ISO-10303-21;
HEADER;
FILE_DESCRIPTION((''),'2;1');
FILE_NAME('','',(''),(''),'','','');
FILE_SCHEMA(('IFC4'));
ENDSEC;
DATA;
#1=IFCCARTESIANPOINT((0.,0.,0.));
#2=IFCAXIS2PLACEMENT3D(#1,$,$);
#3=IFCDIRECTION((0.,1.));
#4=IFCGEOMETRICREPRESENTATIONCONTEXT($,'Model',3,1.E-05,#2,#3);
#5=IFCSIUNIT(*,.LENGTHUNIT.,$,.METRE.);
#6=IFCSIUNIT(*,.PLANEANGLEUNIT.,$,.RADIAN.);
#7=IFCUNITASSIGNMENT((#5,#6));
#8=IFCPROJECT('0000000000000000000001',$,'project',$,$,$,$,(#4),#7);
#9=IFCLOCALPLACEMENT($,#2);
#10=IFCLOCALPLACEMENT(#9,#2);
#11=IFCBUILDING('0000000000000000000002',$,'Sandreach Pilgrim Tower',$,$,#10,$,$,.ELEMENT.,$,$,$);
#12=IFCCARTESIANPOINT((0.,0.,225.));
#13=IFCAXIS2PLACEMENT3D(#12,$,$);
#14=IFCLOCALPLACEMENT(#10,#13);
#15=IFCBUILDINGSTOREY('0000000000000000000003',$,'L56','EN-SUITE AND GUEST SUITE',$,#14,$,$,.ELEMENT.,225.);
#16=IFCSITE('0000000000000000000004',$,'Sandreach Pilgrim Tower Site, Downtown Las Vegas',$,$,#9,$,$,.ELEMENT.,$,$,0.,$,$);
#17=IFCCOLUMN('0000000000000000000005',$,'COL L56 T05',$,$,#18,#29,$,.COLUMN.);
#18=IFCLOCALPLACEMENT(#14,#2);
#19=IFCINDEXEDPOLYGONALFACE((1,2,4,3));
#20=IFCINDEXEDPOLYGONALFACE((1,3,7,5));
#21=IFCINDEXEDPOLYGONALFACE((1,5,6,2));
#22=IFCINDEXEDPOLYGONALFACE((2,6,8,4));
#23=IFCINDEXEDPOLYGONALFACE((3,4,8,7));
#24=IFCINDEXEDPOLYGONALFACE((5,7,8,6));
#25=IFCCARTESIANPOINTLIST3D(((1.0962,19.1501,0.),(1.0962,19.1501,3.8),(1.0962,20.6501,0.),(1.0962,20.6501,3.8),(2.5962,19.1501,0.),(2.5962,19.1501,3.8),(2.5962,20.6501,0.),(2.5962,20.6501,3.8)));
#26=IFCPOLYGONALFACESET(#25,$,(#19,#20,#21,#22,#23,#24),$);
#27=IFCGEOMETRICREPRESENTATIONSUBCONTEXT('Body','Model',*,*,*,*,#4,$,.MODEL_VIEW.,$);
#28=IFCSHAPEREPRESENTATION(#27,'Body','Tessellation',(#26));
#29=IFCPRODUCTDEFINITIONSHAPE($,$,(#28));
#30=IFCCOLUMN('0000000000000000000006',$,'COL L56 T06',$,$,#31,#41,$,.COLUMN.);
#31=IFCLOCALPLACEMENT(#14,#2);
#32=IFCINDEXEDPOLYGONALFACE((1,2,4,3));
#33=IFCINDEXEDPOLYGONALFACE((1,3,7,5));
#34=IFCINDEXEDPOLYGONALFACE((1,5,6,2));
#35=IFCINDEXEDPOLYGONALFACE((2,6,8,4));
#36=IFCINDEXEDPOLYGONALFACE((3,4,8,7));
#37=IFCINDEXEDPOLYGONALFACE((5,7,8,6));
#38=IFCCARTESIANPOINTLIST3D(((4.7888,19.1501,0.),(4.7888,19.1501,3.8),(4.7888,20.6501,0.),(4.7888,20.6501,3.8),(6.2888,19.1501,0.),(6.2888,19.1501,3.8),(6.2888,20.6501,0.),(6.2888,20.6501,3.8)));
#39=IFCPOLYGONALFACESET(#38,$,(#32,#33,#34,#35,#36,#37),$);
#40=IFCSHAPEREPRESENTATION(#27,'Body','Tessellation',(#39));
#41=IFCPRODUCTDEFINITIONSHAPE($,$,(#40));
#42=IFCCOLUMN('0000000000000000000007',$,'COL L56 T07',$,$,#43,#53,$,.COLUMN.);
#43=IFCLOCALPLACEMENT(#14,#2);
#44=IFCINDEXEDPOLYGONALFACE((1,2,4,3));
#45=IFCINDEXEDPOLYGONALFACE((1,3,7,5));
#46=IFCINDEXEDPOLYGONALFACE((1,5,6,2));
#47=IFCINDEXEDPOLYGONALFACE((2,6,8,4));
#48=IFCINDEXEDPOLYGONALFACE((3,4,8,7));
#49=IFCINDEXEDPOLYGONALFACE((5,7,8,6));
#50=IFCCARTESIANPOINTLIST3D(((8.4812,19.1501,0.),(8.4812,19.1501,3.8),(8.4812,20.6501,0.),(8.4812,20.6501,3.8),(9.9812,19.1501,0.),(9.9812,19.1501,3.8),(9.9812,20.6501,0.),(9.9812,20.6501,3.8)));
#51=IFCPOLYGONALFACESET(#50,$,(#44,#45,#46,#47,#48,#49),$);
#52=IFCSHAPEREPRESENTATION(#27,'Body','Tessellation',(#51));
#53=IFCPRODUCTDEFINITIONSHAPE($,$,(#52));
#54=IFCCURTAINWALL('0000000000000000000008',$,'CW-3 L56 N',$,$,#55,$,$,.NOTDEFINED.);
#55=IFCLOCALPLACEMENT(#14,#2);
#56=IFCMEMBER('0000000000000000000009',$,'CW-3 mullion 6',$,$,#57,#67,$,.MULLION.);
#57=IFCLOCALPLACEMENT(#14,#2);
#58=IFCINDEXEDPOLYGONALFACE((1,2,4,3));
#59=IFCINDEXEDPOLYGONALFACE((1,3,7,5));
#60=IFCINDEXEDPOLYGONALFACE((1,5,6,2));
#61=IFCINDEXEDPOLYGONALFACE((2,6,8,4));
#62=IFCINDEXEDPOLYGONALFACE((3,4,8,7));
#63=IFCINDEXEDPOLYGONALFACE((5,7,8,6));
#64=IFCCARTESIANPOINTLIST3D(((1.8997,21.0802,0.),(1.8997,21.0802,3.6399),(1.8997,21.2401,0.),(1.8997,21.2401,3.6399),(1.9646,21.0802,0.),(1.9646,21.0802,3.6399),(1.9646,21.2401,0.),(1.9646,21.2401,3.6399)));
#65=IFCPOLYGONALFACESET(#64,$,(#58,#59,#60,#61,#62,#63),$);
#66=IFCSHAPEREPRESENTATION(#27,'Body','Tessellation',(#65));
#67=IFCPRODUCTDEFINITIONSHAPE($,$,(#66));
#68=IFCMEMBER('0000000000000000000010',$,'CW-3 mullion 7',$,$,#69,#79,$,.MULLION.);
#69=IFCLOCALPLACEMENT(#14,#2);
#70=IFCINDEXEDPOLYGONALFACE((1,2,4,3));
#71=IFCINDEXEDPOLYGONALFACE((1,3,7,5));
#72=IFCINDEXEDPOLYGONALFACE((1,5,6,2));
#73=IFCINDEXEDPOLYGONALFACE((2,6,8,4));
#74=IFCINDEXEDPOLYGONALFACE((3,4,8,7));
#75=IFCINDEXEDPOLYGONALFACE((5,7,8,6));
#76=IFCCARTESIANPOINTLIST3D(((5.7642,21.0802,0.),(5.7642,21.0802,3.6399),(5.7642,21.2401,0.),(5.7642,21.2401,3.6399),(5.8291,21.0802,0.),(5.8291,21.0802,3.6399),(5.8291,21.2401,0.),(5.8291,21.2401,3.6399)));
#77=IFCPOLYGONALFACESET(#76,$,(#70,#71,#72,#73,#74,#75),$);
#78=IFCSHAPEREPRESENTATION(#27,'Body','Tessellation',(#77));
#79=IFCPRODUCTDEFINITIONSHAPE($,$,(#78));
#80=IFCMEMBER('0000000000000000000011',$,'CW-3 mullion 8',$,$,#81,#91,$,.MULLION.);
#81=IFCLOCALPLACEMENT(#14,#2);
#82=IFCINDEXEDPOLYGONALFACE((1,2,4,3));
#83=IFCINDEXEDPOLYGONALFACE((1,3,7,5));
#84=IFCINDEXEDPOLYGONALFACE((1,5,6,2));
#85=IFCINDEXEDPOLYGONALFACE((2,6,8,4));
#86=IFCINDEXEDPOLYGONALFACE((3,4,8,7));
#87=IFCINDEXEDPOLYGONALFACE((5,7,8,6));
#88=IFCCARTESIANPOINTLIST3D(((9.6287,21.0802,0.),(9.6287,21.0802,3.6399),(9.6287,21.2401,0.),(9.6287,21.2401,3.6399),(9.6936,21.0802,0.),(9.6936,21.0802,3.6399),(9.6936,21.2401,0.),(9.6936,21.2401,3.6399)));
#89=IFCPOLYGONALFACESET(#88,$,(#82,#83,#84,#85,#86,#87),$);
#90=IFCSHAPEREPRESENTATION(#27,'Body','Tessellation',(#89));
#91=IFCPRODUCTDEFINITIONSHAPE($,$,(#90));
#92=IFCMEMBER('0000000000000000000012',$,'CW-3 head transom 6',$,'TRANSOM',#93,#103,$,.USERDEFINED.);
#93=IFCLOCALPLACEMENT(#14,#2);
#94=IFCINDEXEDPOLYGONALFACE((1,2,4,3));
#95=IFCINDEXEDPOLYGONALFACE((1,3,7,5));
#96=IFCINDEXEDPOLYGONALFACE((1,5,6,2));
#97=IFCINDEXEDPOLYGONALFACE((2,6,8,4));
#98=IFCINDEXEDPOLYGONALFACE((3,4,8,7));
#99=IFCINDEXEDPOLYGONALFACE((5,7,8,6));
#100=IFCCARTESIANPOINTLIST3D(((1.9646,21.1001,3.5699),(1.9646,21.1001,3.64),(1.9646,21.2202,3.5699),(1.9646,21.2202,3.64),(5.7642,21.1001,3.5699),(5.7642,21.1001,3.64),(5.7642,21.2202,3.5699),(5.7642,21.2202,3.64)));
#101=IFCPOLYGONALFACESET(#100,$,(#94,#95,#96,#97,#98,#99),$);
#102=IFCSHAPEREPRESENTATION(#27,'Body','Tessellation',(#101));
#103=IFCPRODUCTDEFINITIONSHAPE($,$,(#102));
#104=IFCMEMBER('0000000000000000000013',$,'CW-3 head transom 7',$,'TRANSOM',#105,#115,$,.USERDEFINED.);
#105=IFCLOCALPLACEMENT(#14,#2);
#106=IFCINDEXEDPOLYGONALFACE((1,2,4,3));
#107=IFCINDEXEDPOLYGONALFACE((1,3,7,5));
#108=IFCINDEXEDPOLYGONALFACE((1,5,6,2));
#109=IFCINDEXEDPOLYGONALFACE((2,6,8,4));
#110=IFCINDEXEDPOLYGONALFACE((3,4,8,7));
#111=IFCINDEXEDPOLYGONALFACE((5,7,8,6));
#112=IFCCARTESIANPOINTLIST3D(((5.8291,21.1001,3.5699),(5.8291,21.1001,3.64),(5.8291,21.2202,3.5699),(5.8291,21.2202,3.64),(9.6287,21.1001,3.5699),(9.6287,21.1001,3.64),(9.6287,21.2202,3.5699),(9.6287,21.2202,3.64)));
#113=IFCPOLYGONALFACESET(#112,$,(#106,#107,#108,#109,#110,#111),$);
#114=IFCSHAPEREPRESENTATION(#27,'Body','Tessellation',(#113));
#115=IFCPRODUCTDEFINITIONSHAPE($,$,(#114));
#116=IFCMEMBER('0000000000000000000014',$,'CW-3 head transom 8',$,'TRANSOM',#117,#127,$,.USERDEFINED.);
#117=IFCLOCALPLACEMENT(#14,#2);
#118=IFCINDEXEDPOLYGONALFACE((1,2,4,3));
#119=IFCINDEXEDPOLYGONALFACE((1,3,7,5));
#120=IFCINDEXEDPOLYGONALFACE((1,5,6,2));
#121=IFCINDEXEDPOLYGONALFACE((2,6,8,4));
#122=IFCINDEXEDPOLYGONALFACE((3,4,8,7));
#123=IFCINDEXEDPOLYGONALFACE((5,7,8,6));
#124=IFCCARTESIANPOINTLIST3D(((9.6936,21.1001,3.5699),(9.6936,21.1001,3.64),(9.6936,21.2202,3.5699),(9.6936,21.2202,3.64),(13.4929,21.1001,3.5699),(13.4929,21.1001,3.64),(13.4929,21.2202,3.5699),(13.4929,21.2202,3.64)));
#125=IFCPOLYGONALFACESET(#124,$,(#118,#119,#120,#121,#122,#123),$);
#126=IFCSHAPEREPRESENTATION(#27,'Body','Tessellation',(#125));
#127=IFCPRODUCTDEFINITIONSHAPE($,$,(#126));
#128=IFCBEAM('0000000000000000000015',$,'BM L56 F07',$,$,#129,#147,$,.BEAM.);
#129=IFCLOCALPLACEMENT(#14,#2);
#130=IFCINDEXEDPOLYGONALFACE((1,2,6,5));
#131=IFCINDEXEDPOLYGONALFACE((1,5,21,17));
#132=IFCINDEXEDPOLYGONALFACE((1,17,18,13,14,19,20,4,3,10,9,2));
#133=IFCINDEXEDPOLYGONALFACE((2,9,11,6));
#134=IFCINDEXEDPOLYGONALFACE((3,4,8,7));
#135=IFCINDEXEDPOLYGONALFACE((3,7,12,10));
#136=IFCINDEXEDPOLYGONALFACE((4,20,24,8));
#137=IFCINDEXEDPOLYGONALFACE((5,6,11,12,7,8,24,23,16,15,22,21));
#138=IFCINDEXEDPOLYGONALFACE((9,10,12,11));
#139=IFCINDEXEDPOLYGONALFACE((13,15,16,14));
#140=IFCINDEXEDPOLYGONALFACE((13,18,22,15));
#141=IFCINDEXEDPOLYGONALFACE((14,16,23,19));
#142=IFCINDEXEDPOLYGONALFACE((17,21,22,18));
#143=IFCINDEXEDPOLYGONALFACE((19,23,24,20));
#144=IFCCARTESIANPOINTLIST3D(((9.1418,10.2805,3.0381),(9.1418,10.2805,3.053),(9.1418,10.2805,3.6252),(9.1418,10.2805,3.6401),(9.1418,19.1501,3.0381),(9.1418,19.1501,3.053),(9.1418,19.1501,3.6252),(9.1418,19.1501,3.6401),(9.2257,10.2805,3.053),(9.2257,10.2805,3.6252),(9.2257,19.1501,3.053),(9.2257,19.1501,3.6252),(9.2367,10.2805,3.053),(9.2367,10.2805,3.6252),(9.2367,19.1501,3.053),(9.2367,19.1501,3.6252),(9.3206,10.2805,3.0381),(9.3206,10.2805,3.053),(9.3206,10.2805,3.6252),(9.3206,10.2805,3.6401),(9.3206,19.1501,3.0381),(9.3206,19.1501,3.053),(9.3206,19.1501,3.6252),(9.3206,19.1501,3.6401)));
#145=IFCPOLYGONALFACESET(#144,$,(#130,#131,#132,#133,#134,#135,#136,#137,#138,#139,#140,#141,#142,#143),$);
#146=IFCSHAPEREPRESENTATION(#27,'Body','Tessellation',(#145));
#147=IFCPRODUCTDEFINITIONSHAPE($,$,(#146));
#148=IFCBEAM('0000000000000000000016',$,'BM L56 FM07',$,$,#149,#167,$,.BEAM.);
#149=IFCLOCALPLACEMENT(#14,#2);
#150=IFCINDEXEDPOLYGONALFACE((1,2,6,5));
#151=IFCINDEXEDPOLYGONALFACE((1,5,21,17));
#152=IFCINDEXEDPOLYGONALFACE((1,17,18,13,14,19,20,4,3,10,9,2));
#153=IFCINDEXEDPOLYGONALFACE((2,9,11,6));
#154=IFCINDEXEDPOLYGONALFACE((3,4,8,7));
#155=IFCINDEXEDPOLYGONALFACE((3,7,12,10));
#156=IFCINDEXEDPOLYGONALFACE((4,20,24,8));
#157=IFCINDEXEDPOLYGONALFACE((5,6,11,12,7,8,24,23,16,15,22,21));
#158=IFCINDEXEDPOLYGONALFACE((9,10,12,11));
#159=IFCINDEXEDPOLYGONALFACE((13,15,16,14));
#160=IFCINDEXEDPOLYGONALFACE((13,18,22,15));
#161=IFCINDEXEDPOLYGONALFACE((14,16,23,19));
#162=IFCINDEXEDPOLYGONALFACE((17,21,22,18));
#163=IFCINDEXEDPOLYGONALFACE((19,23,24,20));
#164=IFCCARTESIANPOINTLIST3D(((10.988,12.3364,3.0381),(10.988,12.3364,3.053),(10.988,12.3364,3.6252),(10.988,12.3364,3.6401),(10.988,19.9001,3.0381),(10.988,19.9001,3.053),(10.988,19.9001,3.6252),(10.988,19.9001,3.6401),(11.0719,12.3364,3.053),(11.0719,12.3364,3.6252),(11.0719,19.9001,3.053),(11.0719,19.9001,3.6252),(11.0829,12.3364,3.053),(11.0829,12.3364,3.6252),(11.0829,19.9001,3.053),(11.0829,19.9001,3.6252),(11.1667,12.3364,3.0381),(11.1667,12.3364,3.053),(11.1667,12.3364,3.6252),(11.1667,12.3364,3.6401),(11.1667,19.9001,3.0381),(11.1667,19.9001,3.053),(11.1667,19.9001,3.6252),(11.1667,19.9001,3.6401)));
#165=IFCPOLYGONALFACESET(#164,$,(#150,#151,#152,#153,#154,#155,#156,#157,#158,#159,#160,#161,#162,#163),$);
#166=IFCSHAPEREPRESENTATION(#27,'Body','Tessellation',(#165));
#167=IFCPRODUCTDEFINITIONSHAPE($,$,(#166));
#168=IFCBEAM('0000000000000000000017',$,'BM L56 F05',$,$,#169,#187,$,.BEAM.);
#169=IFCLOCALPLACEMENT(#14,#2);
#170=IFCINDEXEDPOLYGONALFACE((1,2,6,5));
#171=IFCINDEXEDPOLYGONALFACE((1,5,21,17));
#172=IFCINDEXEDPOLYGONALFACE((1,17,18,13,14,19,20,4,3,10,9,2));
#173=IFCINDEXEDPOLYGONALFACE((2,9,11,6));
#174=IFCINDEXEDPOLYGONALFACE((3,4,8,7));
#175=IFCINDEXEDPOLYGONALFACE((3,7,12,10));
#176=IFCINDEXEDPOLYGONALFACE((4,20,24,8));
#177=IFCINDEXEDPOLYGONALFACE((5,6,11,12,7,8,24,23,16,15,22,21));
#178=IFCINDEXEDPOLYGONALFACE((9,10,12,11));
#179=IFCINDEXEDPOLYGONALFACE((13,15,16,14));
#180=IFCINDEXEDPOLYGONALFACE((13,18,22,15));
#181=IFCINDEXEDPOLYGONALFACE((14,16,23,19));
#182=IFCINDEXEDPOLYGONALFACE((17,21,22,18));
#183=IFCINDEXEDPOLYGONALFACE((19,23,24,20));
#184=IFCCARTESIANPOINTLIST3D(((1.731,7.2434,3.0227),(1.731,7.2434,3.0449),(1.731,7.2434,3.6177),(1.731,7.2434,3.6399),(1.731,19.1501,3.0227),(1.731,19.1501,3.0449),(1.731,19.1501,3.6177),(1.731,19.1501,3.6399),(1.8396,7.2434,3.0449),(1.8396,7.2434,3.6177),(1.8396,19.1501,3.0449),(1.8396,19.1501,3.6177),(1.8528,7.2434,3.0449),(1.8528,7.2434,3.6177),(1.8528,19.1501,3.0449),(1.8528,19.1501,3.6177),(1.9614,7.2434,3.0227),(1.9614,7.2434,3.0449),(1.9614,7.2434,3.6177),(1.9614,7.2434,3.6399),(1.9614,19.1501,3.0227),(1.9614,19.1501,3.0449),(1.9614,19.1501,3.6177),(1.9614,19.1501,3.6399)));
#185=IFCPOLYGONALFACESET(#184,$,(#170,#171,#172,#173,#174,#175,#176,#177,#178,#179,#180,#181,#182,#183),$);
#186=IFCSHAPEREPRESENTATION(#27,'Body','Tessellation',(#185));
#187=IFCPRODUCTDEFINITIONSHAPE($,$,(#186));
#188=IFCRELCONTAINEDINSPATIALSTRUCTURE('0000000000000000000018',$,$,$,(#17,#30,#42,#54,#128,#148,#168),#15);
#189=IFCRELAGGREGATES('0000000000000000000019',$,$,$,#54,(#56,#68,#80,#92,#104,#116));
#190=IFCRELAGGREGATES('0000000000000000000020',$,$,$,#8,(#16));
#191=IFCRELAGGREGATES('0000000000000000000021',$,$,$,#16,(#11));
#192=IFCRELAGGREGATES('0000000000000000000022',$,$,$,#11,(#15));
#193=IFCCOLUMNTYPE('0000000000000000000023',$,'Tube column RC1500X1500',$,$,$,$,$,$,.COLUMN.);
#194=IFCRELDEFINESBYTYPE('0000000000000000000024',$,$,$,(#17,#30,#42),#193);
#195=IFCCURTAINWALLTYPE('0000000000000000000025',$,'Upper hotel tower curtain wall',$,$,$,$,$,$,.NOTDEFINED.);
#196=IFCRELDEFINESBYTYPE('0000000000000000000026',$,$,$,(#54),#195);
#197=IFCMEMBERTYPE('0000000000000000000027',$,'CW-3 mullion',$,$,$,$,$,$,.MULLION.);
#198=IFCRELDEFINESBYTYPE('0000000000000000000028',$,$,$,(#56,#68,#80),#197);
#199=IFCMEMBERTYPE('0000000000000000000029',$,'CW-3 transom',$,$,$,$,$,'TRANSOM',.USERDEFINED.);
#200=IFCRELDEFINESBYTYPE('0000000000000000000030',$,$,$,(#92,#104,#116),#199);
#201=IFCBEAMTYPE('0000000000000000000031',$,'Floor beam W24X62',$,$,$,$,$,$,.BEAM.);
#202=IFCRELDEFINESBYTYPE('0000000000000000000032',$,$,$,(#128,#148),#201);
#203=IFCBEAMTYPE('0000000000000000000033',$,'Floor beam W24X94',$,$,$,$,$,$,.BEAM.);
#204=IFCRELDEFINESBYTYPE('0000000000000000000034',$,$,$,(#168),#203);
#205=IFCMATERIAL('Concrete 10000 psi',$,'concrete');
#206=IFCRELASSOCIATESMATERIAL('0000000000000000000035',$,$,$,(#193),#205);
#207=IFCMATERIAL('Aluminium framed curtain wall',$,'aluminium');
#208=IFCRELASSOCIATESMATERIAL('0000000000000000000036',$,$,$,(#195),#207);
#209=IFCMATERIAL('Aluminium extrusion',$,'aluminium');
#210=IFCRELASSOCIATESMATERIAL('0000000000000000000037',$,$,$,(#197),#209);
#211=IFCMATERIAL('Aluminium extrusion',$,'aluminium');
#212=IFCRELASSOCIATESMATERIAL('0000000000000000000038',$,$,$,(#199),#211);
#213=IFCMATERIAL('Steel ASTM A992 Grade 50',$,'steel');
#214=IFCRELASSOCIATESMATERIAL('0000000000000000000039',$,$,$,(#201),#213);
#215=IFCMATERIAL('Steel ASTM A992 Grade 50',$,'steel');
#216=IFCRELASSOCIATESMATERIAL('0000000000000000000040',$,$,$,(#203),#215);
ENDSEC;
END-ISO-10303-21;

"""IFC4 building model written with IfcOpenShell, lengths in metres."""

from ifc_helpers import new_model, si_unit, direction, frame, origin, origin_2d, place, context, subcontext, project, spatial, rectangle, i_section, extrude, material, material_profile, profile_set, type_object, element, aggregate, save


model = new_model("IFC4")

# Units and contexts
model_context = context("Model", 3, precision=1e-05, world=origin(), true_north=direction((0.0, 1.0)))
body_context = subcontext(model_context, "Body", "Model", "MODEL_VIEW")
ifc_project = project(units=[si_unit("LENGTHUNIT", "METRE"), si_unit("PLANEANGLEUNIT", "RADIAN")], contexts=[model_context])

# Site, building, storey
site_placement = place(None, origin())
site = spatial("IfcSite", under=ifc_project, at=site_placement, Name="Sandreach Pilgrim Tower Site, Downtown Las Vegas", CompositionType="ELEMENT", RefElevation=0.0)
building_placement = place(site_placement, origin())
building = spatial("IfcBuilding", under=site, at=building_placement, Name="Sandreach Pilgrim Tower", CompositionType="ELEMENT")
storey_placement = place(building_placement, frame((0.0, 0.0, 225.0)))
storey = spatial("IfcBuildingStorey", under=building, at=storey_placement, Name="L56", Description="EN-SUITE AND GUEST SUITE", CompositionType="ELEMENT", Elevation=225.0)

# Columns
ifc_material_1 = material(Name="Concrete 10000 psi", Category="concrete")
ifc_material_profile_1 = material_profile(ifc_material_1, rectangle(XDim=1.5, YDim=1.5, at=origin_2d()), Name="RC1500X1500")
ifc_profile_set_1 = profile_set([ifc_material_profile_1], Name="Concrete 10000 psi")
column_type = type_object("IfcColumnType", Name="Tube column RC1500X1500", PredefinedType="COLUMN", material=ifc_profile_set_1)
for number, where, z_axis, x_axis, name in (
    (1, (1.8462, 19.9001, 0.0), (0.0, 0.0, 1.0), (0.0, 1.0, 0.0), "COL L56 T05"),
    (2, (5.5388, 19.9001, 0.0), (0.0, 0.0, 1.0), (0.0, 1.0, 0.0), "COL L56 T06"),
    (3, (9.2312, 19.9001, 0.0), (0.0, 0.0, 1.0), (0.0, 1.0, 0.0), "COL L56 T07"),
):
    element("IfcColumn", number, at=place(storey_placement, frame(where, z_axis=z_axis, x_axis=x_axis)), inside=storey, type_object=column_type, Name=name, PredefinedType="COLUMN", context=body_context, shape_type="SweptSolid", body=[
        extrude(rectangle(XDim=1.5, YDim=1.5, at=origin_2d()), origin(), (0.0, 0.0, 1.0), 3.8),
    ])

# Curtain wall, members
ifc_material_2 = material(Name="Aluminium framed curtain wall", Category="aluminium")
curtain_wall_type = type_object("IfcCurtainWallType", Name="Upper hotel tower curtain wall", PredefinedType="NOTDEFINED", material=ifc_material_2)
curtain_wall_placement = place(storey_placement, origin())
curtain_wall = element("IfcCurtainWall", 4, at=curtain_wall_placement, inside=storey, type_object=curtain_wall_type, Name="CW-3 L56 N", PredefinedType="NOTDEFINED")
ifc_material_3 = material(Name="Aluminium extrusion", Category="aluminium")
ifc_material_profile_2 = material_profile(ifc_material_3, rectangle(XDim=0.0649, YDim=0.1599, at=origin_2d()), Name="CW-3M 65X160")
ifc_profile_set_2 = profile_set([ifc_material_profile_2], Name="Aluminium extrusion")
member_type_1 = type_object("IfcMemberType", Name="CW-3 mullion", PredefinedType="MULLION", material=ifc_profile_set_2)
member_1_placement = place(storey_placement, frame((1.9321, 21.1602, 0.0), z_axis=(0.0, 0.0, 1.0), x_axis=(1.0, 0.0, 0.0)))
member_1 = element("IfcMember", 5, at=member_1_placement, type_object=member_type_1, Name="CW-3 mullion 6", PredefinedType="MULLION", context=body_context, shape_type="SweptSolid", body=[
    extrude(rectangle(XDim=0.0649, YDim=0.1599, at=origin_2d()), origin(), (0.0, 0.0, 1.0), 3.6399),
])
member_2_placement = place(storey_placement, frame((5.7966, 21.1602, 0.0), z_axis=(0.0, 0.0, 1.0), x_axis=(1.0, 0.0, 0.0)))
member_2 = element("IfcMember", 6, at=member_2_placement, type_object=member_type_1, Name="CW-3 mullion 7", PredefinedType="MULLION", context=body_context, shape_type="SweptSolid", body=[
    extrude(rectangle(XDim=0.0649, YDim=0.1599, at=origin_2d()), origin(), (0.0, 0.0, 1.0), 3.6399),
])
member_3_placement = place(storey_placement, frame((9.6611, 21.1602, 0.0), z_axis=(0.0, 0.0, 1.0), x_axis=(1.0, 0.0, 0.0)))
member_3 = element("IfcMember", 7, at=member_3_placement, type_object=member_type_1, Name="CW-3 mullion 8", PredefinedType="MULLION", context=body_context, shape_type="SweptSolid", body=[
    extrude(rectangle(XDim=0.0649, YDim=0.1599, at=origin_2d()), origin(), (0.0, 0.0, 1.0), 3.6399),
])
ifc_material_4 = material(Name="Aluminium extrusion", Category="aluminium")
ifc_material_profile_3 = material_profile(ifc_material_4, rectangle(XDim=0.1201, YDim=0.0701, at=origin_2d()), Name="CW-3T 120X70")
ifc_profile_set_3 = profile_set([ifc_material_profile_3], Name="Aluminium extrusion")
member_type_2 = type_object("IfcMemberType", Name="CW-3 transom", ElementType="TRANSOM", PredefinedType="USERDEFINED", material=ifc_profile_set_3)
member_4_placement = place(storey_placement, frame((1.9646, 21.1602, 3.605), z_axis=(1.0, 0.0, 0.0), x_axis=(0.0, 1.0, 0.0)))
member_4 = element("IfcMember", 8, at=member_4_placement, type_object=member_type_2, Name="CW-3 head transom 6", ObjectType="TRANSOM", PredefinedType="USERDEFINED", context=body_context, shape_type="SweptSolid", body=[
    extrude(rectangle(XDim=0.1201, YDim=0.0701, at=origin_2d()), origin(), (0.0, 0.0, 1.0), 3.7996),
])
member_5_placement = place(storey_placement, frame((5.8291, 21.1602, 3.605), z_axis=(1.0, 0.0, 0.0), x_axis=(0.0, 1.0, 0.0)))
member_5 = element("IfcMember", 9, at=member_5_placement, type_object=member_type_2, Name="CW-3 head transom 7", ObjectType="TRANSOM", PredefinedType="USERDEFINED", context=body_context, shape_type="SweptSolid", body=[
    extrude(rectangle(XDim=0.1201, YDim=0.0701, at=origin_2d()), origin(), (0.0, 0.0, 1.0), 3.7996),
])
member_6_placement = place(storey_placement, frame((9.6936, 21.1602, 3.605), z_axis=(1.0, 0.0, 0.0), x_axis=(0.0, 1.0, 0.0)))
member_6 = element("IfcMember", 10, at=member_6_placement, type_object=member_type_2, Name="CW-3 head transom 8", ObjectType="TRANSOM", PredefinedType="USERDEFINED", context=body_context, shape_type="SweptSolid", body=[
    extrude(rectangle(XDim=0.1201, YDim=0.0701, at=origin_2d()), origin(), (0.0, 0.0, 1.0), 3.7993),
])

# Beams
ifc_material_5 = material(Name="Steel ASTM A992 Grade 50", Category="steel")
ifc_material_profile_4 = material_profile(ifc_material_5, i_section(OverallWidth=0.1787, OverallDepth=0.6021, WebThickness=0.011, FlangeThickness=0.0149, at=origin_2d()), Name="W24X62")
ifc_profile_set_4 = profile_set([ifc_material_profile_4], Name="Steel ASTM A992 Grade 50")
beam_type_1 = type_object("IfcBeamType", Name="Floor beam W24X62", PredefinedType="BEAM", material=ifc_profile_set_4)
beam_1_placement = place(storey_placement, frame((9.2312, 19.1501, 3.3391), z_axis=(0.0, -1.0, 0.0), x_axis=(1.0, 0.0, 0.0)))
element("IfcBeam", 11, at=beam_1_placement, inside=storey, type_object=beam_type_1, Name="BM L56 F07", PredefinedType="BEAM", context=body_context, shape_type="SweptSolid", body=[
    extrude(i_section(OverallWidth=0.1787, OverallDepth=0.6021, WebThickness=0.011, FlangeThickness=0.0149, at=origin_2d()), origin(), (0.0, 0.0, 1.0), 8.8696),
])
beam_2_placement = place(storey_placement, frame((11.0774, 19.9001, 3.3391), z_axis=(0.0, -1.0, 0.0), x_axis=(1.0, 0.0, 0.0)))
element("IfcBeam", 12, at=beam_2_placement, inside=storey, type_object=beam_type_1, Name="BM L56 FM07", PredefinedType="BEAM", context=body_context, shape_type="SweptSolid", body=[
    extrude(i_section(OverallWidth=0.1787, OverallDepth=0.6021, WebThickness=0.011, FlangeThickness=0.0149, at=origin_2d()), origin(), (0.0, 0.0, 1.0), 7.5637),
])
ifc_material_6 = material(Name="Steel ASTM A992 Grade 50", Category="steel")
ifc_material_profile_5 = material_profile(ifc_material_6, i_section(OverallWidth=0.2305, OverallDepth=0.6172, WebThickness=0.0132, FlangeThickness=0.0222, at=origin_2d()), Name="W24X94")
ifc_profile_set_5 = profile_set([ifc_material_profile_5], Name="Steel ASTM A992 Grade 50")
beam_type_2 = type_object("IfcBeamType", Name="Floor beam W24X94", PredefinedType="BEAM", material=ifc_profile_set_5)
for number, where, z_axis, x_axis, name in (
    (13, (1.8462, 19.1501, 3.3313), (0.0, -1.0, 0.0), (1.0, 0.0, 0.0), "BM L56 F05"),
):
    element("IfcBeam", number, at=place(storey_placement, frame(where, z_axis=z_axis, x_axis=x_axis)), inside=storey, type_object=beam_type_2, Name=name, PredefinedType="BEAM", context=body_context, shape_type="SweptSolid", body=[
        extrude(i_section(OverallWidth=0.2305, OverallDepth=0.6172, WebThickness=0.0132, FlangeThickness=0.0222, at=origin_2d()), origin(), (0.0, 0.0, 1.0), 11.9067),
    ])

aggregate(curtain_wall, [member_1, member_2, member_3, member_4, member_5, member_6])

save(model, "model.ifc")
